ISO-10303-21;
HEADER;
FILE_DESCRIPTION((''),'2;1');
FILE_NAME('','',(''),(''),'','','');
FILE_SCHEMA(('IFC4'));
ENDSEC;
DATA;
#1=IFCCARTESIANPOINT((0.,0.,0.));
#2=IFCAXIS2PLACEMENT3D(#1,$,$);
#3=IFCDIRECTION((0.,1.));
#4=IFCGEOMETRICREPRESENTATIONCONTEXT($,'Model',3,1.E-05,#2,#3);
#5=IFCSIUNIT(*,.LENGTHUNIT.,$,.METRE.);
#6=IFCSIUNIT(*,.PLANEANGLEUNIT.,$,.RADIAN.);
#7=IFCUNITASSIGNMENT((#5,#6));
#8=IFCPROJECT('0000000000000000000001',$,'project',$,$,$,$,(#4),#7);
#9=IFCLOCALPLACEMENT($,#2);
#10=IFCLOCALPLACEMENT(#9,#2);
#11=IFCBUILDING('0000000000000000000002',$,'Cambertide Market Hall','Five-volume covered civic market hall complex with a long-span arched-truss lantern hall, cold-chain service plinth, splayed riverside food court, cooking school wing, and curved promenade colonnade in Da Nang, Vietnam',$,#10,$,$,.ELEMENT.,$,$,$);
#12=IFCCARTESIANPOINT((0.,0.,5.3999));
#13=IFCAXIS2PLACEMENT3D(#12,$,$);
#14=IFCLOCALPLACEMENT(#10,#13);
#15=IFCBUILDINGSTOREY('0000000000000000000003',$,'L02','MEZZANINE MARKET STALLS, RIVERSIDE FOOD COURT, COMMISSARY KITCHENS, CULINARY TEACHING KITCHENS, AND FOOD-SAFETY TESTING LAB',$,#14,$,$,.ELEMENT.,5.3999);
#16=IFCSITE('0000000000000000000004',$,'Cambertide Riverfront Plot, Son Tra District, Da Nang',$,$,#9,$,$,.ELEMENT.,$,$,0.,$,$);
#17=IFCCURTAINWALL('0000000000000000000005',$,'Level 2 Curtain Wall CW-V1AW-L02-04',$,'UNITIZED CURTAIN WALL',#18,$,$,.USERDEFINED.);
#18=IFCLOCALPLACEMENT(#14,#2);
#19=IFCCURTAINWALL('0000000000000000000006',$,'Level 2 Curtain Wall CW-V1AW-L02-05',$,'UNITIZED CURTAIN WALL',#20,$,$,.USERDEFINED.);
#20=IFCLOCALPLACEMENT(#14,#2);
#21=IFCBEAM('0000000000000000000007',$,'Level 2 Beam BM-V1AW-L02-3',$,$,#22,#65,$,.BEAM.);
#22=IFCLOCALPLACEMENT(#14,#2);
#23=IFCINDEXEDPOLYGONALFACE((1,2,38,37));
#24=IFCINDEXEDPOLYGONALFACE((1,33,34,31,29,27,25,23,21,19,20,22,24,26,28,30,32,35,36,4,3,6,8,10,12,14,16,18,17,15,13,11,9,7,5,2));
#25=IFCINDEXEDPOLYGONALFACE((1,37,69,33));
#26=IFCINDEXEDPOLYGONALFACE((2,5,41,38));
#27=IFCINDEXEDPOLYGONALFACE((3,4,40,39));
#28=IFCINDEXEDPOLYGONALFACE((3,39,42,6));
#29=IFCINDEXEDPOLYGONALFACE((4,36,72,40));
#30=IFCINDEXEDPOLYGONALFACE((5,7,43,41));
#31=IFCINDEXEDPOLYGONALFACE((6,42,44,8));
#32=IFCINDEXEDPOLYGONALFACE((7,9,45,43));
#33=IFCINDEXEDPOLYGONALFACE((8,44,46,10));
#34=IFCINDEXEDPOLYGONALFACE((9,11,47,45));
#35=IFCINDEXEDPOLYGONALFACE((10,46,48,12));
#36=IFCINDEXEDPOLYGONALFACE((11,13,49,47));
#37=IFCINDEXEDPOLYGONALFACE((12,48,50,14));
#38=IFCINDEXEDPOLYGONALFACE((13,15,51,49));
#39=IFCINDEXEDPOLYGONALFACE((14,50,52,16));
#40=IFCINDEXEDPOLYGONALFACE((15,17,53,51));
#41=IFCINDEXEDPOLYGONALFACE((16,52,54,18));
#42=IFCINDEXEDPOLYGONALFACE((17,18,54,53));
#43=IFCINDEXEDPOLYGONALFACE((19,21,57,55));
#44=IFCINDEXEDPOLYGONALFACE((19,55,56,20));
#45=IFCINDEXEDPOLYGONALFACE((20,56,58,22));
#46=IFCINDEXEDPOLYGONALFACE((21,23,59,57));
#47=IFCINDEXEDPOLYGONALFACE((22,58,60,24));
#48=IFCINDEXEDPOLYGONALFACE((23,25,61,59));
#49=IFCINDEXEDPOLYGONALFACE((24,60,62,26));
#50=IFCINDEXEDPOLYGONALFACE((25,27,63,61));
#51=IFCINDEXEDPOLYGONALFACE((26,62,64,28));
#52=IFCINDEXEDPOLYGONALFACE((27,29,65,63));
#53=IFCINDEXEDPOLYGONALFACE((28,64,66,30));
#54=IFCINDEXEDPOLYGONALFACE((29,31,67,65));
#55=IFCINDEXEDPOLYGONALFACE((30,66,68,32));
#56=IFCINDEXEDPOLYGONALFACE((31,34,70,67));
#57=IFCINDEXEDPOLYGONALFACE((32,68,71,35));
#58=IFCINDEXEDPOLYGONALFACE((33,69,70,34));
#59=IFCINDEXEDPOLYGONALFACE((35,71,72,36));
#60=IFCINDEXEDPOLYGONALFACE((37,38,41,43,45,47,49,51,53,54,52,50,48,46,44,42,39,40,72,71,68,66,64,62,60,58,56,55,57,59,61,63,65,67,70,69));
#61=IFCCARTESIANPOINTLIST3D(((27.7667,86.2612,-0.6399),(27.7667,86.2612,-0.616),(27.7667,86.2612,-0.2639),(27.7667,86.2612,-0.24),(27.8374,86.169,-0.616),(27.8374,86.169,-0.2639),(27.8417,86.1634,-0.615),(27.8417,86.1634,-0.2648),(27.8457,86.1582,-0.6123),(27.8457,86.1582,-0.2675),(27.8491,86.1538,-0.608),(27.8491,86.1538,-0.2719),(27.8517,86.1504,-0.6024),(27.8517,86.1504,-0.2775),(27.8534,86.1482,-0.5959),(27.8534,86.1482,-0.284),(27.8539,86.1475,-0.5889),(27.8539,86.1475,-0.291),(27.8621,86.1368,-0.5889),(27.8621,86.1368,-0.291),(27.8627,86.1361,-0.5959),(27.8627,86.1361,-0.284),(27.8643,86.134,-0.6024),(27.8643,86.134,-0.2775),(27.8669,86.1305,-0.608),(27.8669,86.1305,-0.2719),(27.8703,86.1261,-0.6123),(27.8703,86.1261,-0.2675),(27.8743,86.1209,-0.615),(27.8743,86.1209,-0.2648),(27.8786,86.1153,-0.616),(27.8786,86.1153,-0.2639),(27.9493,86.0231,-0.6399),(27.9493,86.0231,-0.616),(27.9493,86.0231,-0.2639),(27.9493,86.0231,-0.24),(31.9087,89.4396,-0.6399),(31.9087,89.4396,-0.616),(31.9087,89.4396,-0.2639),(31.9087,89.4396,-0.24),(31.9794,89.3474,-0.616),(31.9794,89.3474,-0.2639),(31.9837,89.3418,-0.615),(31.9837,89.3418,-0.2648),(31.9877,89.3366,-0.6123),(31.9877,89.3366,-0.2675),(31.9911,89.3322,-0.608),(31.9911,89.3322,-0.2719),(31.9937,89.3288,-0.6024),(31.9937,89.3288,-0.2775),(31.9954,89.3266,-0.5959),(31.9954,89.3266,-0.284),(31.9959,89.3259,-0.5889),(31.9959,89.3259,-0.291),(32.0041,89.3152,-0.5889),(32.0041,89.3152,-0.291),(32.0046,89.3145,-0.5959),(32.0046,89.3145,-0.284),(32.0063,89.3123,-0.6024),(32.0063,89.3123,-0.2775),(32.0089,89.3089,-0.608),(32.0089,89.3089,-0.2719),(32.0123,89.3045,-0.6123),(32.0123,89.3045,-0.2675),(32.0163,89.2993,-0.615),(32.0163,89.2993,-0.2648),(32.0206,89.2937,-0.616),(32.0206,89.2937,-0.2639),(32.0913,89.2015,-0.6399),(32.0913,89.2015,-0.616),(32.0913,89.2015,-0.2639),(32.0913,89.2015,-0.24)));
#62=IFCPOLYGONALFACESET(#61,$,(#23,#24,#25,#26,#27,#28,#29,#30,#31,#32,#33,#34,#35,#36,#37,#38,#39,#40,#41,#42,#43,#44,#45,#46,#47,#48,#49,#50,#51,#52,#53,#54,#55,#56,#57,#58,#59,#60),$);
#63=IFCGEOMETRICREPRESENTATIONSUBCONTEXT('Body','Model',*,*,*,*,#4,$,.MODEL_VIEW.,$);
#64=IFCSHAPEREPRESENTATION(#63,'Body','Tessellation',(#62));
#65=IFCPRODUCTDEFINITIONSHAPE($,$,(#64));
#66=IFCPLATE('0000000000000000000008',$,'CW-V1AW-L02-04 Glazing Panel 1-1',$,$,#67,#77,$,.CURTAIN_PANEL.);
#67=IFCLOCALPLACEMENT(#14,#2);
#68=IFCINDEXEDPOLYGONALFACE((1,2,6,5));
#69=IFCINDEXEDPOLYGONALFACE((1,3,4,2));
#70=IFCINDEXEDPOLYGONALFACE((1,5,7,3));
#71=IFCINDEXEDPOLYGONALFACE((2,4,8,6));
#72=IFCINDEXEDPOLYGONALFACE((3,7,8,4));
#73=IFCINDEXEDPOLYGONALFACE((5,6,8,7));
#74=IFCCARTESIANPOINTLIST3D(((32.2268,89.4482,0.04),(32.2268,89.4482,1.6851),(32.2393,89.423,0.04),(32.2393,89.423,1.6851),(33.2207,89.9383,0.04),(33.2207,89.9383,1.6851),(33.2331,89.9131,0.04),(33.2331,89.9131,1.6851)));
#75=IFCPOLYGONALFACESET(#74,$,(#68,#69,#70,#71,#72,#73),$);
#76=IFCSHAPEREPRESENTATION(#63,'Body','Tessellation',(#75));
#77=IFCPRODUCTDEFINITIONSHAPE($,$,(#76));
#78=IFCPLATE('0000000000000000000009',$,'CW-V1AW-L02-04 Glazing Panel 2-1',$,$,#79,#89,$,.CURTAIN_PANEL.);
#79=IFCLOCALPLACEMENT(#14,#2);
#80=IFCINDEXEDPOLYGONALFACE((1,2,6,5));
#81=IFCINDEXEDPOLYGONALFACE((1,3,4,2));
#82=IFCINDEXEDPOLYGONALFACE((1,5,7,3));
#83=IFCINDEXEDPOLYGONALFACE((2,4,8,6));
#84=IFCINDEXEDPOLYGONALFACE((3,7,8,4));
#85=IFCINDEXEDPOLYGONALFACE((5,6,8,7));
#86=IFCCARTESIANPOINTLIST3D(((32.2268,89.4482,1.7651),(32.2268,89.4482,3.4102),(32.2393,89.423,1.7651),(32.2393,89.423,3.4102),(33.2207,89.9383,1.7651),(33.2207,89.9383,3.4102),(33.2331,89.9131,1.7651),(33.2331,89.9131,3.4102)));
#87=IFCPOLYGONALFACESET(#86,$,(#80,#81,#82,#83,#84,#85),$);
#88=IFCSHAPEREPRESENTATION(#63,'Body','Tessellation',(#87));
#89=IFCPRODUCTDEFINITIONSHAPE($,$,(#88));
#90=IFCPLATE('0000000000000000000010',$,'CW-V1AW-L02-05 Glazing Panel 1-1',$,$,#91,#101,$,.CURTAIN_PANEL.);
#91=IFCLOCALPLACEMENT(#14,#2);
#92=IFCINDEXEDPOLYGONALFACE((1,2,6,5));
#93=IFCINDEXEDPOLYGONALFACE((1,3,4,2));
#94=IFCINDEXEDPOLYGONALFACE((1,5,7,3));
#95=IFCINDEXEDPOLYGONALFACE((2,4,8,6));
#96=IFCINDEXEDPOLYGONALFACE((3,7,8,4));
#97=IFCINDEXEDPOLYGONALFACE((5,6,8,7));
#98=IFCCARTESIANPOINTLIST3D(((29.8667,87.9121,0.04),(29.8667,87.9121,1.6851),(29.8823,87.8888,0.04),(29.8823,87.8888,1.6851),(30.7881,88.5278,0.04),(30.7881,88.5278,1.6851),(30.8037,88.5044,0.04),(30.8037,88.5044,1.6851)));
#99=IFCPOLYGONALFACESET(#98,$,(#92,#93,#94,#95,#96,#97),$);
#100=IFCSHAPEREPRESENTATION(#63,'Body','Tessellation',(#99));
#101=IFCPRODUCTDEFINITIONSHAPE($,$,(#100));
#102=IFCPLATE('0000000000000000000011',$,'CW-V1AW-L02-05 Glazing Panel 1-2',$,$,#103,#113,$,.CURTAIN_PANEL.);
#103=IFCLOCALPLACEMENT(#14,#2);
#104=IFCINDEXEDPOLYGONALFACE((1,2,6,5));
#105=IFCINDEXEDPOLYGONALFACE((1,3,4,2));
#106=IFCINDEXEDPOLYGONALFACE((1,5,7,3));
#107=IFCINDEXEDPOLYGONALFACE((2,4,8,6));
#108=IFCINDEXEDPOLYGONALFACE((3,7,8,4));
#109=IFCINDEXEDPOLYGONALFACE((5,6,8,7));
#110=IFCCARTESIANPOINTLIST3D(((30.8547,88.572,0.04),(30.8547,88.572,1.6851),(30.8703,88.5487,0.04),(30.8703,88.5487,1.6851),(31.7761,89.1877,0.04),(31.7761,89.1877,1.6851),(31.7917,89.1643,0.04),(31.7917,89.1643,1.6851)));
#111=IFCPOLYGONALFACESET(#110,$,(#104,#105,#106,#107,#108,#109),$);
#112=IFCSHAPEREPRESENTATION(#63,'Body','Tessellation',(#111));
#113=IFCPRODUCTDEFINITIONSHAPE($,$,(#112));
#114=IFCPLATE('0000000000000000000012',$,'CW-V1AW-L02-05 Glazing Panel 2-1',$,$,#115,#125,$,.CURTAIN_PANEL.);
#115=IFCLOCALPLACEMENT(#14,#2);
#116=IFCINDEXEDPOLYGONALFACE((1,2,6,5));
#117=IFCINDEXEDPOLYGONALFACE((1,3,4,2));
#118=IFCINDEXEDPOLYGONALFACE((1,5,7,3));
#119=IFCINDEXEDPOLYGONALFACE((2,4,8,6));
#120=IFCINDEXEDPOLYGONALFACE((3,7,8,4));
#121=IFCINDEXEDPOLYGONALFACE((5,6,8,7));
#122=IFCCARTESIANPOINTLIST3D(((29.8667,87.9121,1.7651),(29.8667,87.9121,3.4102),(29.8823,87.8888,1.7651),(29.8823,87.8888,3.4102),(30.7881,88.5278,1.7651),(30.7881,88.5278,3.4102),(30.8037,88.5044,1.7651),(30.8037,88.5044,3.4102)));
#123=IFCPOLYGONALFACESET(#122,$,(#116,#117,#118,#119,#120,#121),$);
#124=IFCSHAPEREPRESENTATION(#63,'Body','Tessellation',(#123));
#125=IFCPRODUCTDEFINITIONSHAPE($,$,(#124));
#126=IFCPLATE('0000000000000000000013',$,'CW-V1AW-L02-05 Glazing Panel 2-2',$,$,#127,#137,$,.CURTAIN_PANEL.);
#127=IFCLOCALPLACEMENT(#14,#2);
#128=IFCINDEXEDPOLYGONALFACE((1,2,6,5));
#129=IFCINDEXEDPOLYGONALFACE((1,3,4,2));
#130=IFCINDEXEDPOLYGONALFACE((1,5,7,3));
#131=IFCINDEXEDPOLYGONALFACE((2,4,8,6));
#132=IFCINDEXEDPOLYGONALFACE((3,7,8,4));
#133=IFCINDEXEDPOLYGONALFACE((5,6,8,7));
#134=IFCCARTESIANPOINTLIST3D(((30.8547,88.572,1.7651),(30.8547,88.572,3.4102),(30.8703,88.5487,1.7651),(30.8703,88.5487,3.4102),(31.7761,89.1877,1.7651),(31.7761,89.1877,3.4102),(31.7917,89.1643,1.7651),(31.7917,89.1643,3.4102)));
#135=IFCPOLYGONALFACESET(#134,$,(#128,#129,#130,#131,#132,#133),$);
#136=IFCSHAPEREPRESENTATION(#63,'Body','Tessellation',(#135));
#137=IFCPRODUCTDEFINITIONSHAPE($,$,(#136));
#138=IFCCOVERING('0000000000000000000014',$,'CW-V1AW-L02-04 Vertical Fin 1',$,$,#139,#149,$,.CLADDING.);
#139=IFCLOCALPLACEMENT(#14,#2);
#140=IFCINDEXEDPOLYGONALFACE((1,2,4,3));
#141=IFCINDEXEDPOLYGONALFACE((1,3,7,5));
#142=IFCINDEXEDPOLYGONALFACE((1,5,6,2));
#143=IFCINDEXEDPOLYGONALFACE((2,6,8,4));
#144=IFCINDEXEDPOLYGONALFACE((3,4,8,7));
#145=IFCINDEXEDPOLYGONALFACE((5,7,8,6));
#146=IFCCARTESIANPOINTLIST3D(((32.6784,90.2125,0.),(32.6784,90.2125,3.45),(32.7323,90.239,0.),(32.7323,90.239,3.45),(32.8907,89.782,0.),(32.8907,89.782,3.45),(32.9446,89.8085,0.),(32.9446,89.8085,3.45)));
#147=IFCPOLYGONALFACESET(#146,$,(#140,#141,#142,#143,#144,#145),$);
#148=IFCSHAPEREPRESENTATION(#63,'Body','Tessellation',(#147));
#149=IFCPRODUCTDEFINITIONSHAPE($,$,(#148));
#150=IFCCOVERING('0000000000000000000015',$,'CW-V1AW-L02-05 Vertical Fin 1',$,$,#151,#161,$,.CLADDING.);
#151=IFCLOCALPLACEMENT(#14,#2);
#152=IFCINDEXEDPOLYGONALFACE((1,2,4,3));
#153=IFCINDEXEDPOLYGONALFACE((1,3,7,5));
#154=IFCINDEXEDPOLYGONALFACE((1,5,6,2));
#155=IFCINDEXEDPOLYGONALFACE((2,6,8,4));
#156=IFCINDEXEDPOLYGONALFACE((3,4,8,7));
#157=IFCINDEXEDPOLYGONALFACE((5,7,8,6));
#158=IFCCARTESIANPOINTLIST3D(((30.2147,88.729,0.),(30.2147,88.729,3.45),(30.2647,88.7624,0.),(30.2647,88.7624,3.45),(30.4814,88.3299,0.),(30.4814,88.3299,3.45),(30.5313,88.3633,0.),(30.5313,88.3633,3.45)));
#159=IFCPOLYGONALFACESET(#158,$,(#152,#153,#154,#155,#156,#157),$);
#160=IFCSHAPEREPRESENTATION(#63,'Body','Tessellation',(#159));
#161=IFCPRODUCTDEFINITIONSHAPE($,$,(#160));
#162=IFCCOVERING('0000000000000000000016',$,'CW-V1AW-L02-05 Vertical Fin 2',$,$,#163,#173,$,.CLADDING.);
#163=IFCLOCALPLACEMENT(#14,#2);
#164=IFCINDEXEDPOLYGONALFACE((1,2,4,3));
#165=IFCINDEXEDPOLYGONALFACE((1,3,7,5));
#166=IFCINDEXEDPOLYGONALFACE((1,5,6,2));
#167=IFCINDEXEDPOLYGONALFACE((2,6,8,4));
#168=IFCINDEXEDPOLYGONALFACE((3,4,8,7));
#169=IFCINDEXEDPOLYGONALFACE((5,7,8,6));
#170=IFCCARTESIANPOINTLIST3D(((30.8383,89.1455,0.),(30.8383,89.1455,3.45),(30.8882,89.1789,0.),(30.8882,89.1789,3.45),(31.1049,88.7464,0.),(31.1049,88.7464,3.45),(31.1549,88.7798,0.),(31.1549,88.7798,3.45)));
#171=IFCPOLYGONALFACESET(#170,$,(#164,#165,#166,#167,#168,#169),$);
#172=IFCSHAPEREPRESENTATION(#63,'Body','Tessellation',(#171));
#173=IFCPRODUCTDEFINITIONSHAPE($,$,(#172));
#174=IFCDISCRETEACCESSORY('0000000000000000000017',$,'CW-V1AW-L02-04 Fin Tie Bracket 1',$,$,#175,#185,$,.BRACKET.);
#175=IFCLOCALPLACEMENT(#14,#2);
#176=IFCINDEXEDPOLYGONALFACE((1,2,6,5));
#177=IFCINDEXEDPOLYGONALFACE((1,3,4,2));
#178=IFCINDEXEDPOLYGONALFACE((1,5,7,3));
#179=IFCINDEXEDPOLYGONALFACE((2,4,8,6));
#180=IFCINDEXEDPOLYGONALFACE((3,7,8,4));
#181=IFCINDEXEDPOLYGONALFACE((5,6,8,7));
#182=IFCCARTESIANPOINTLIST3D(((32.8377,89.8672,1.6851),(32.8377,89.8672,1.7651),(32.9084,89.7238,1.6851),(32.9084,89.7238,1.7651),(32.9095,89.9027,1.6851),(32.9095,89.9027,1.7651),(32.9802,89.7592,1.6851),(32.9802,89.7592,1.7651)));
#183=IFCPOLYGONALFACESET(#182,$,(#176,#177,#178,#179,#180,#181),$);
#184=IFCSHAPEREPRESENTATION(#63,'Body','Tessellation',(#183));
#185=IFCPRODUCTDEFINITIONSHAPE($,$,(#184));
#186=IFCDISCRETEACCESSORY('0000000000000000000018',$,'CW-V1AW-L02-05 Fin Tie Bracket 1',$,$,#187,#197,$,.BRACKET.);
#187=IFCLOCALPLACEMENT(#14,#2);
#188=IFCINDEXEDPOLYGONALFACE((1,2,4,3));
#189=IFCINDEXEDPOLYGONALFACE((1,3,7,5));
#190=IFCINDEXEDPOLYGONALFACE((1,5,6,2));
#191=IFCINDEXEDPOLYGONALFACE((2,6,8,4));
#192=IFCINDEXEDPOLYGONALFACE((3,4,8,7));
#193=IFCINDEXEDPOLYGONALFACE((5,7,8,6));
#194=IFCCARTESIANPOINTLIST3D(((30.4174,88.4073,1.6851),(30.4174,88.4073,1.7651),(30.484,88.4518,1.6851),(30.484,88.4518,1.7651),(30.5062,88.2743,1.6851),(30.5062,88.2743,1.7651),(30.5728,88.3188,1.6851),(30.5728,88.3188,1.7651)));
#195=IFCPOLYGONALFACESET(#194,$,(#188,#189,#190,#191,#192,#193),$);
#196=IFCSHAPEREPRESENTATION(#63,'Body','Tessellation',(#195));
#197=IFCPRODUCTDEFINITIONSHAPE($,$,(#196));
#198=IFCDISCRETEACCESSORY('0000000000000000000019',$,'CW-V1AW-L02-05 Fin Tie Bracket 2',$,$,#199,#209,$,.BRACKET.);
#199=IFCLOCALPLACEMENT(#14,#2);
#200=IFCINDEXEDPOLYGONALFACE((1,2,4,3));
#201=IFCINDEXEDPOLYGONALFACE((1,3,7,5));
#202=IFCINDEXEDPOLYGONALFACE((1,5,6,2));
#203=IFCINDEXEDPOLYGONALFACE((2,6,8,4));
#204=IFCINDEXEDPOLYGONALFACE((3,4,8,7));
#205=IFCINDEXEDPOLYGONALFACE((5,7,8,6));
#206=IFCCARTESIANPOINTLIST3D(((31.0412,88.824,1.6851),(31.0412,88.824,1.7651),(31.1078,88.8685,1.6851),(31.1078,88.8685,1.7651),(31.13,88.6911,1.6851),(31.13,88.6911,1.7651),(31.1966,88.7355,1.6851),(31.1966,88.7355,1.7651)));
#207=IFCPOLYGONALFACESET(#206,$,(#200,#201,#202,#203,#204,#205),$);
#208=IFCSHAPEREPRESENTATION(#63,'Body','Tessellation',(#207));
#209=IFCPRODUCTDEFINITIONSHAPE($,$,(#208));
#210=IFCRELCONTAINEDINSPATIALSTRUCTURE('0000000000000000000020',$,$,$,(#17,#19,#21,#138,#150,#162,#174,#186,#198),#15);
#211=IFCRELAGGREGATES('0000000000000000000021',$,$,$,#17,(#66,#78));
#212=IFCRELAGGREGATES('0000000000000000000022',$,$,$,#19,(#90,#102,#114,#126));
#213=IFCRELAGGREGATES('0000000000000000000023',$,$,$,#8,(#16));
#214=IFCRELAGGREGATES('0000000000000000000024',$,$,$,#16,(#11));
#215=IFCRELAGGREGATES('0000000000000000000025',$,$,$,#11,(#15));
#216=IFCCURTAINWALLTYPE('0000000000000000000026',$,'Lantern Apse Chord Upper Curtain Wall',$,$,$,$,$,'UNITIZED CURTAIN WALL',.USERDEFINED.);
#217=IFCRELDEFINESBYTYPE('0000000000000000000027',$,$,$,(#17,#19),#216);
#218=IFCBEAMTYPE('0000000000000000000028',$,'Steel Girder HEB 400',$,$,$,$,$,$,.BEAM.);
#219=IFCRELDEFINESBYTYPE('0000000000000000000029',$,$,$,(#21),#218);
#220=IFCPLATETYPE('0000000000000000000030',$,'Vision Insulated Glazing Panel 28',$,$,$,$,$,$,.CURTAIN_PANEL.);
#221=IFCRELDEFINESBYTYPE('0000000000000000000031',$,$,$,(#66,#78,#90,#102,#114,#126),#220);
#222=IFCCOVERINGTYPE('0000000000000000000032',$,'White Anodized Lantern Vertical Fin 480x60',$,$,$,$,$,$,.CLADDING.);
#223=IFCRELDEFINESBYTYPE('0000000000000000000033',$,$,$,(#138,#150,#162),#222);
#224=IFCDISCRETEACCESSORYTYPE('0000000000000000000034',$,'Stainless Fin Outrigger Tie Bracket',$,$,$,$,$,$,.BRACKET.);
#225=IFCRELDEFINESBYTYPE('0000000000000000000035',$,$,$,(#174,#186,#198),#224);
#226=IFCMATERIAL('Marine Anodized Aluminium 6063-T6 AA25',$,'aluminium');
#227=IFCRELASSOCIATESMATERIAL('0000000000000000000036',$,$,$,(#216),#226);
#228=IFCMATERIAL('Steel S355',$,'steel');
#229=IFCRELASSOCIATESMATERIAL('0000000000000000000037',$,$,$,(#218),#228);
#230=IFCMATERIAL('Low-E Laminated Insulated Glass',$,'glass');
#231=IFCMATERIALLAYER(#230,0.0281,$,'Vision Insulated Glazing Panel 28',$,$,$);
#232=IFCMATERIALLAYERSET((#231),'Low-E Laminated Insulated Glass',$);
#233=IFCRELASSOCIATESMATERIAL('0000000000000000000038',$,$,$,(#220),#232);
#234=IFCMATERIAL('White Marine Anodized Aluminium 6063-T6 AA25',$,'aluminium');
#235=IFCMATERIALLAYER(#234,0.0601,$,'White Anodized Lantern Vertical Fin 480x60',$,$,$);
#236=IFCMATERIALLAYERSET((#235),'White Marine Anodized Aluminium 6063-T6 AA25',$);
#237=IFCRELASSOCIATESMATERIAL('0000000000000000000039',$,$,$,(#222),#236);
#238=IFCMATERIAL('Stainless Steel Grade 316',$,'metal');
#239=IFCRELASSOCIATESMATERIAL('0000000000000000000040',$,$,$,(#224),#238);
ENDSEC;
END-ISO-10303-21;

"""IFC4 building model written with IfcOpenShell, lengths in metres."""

from ifc_helpers import new_model, si_unit, direction, frame, origin, origin_2d, place, context, subcontext, project, spatial, rectangle, i_section, extrude, material, layer, layer_set, material_profile, profile_set, type_object, element, aggregate, save


model = new_model("IFC4")

# Units and contexts
model_context = context("Model", 3, precision=1e-05, world=origin(), true_north=direction((0.0, 1.0)))
body_context = subcontext(model_context, "Body", "Model", "MODEL_VIEW")
ifc_project = project(units=[si_unit("LENGTHUNIT", "METRE"), si_unit("PLANEANGLEUNIT", "RADIAN")], contexts=[model_context])

# Site, building, storey
site_placement = place(None, origin())
site = spatial("IfcSite", under=ifc_project, at=site_placement, Name="Cambertide Riverfront Plot, Son Tra District, Da Nang", CompositionType="ELEMENT", RefElevation=0.0)
building_placement = place(site_placement, origin())
building = spatial("IfcBuilding", under=site, at=building_placement, Name="Cambertide Market Hall", Description="Five-volume covered civic market hall complex with a long-span arched-truss lantern hall, cold-chain service plinth, splayed riverside food court, cooking school wing, and curved promenade colonnade in Da Nang, Vietnam", CompositionType="ELEMENT")
storey_placement = place(building_placement, frame((0.0, 0.0, 5.3999)))
storey = spatial("IfcBuildingStorey", under=building, at=storey_placement, Name="L02", Description="MEZZANINE MARKET STALLS, RIVERSIDE FOOD COURT, COMMISSARY KITCHENS, CULINARY TEACHING KITCHENS, AND FOOD-SAFETY TESTING LAB", CompositionType="ELEMENT", Elevation=5.3999)

# Curtain wall
ifc_material_1 = material(Name="Marine Anodized Aluminium 6063-T6 AA25", Category="aluminium")
curtain_wall_type = type_object("IfcCurtainWallType", Name="Lantern Apse Chord Upper Curtain Wall", ElementType="UNITIZED CURTAIN WALL", PredefinedType="USERDEFINED", material=ifc_material_1)
curtain_wall_1_placement = place(storey_placement, origin())
curtain_wall_1 = element("IfcCurtainWall", 1, at=curtain_wall_1_placement, inside=storey, type_object=curtain_wall_type, Name="Level 2 Curtain Wall CW-V1AW-L02-04", ObjectType="UNITIZED CURTAIN WALL", PredefinedType="USERDEFINED")

# Curtain wall
curtain_wall_2_placement = place(storey_placement, origin())
curtain_wall_2 = element("IfcCurtainWall", 2, at=curtain_wall_2_placement, inside=storey, type_object=curtain_wall_type, Name="Level 2 Curtain Wall CW-V1AW-L02-05", ObjectType="UNITIZED CURTAIN WALL", PredefinedType="USERDEFINED")

# Beam
ifc_material_2 = material(Name="Steel S355", Category="steel")
ifc_material_profile_1 = material_profile(ifc_material_2, i_section(OverallWidth=0.3, OverallDepth=0.3999, WebThickness=0.0134, FlangeThickness=0.0239, FilletRadius=0.0271, at=origin_2d()), Name="HEB 400")
ifc_profile_set_1 = profile_set([ifc_material_profile_1], Name="Steel S355")
beam_type_1 = type_object("IfcBeamType", Name="Steel Girder HEB 400", PredefinedType="BEAM", material=ifc_profile_set_1)
beam_1_placement = place(storey_placement, frame((32.0, 89.3206, -0.4399), z_axis=(-0.793341, -0.608777, 0.0), x_axis=(0.608777, -0.793341, 0.0)))
element("IfcBeam", 3, at=beam_1_placement, inside=storey, type_object=beam_type_1, Name="Level 2 Beam BM-V1AW-L02-3", PredefinedType="BEAM", context=body_context, shape_type="SweptSolid", body=[
    extrude(i_section(OverallWidth=0.3, OverallDepth=0.3999, WebThickness=0.0134, FlangeThickness=0.0239, FilletRadius=0.0271, at=origin_2d()), origin(), (0.0, 0.0, 1.0), 5.2209),
])

# Plates
ifc_material_3 = material(Name="Low-E Laminated Insulated Glass", Category="glass")
ifc_layer_1 = layer(ifc_material_3, 0.0281, Name="Vision Insulated Glazing Panel 28")
ifc_layer_set_1 = layer_set([ifc_layer_1], Name="Low-E Laminated Insulated Glass")
plate_type = type_object("IfcPlateType", Name="Vision Insulated Glazing Panel 28", PredefinedType="CURTAIN_PANEL", material=ifc_layer_set_1)
plate_1_placement = place(storey_placement, frame((32.73, 89.6807, 0.04), z_axis=(0.0, 0.0, 1.0), x_axis=(0.896873, 0.442289, 0.0)))
plate_1 = element("IfcPlate", 4, at=plate_1_placement, type_object=plate_type, Name="CW-V1AW-L02-04 Glazing Panel 1-1", PredefinedType="CURTAIN_PANEL", context=body_context, shape_type="SweptSolid", body=[
    extrude(rectangle(XDim=1.1082, YDim=0.0281, at=origin_2d()), origin(), (0.0, 0.0, 1.0), 1.645),
])
plate_2_placement = place(storey_placement, frame((32.73, 89.6807, 1.7651), z_axis=(0.0, 0.0, 1.0), x_axis=(0.896873, 0.442289, 0.0)))
plate_2 = element("IfcPlate", 5, at=plate_2_placement, type_object=plate_type, Name="CW-V1AW-L02-04 Glazing Panel 2-1", PredefinedType="CURTAIN_PANEL", context=body_context, shape_type="SweptSolid", body=[
    extrude(rectangle(XDim=1.1082, YDim=0.0281, at=origin_2d()), origin(), (0.0, 0.0, 1.0), 1.645),
])
aggregate(curtain_wall_1, [plate_1, plate_2])
plate_3_placement = place(storey_placement, frame((30.3352, 88.2083, 0.04), z_axis=(0.0, 0.0, 1.0), x_axis=(0.83147, 0.55557, 0.0)))
plate_3 = element("IfcPlate", 6, at=plate_3_placement, type_object=plate_type, Name="CW-V1AW-L02-05 Glazing Panel 1-1", PredefinedType="CURTAIN_PANEL", context=body_context, shape_type="SweptSolid", body=[
    extrude(rectangle(XDim=1.1082, YDim=0.0281, at=origin_2d()), origin(), (0.0, 0.0, 1.0), 1.645),
])
plate_4_placement = place(storey_placement, frame((31.3232, 88.8682, 0.04), z_axis=(0.0, 0.0, 1.0), x_axis=(0.83147, 0.55557, 0.0)))
plate_4 = element("IfcPlate", 7, at=plate_4_placement, type_object=plate_type, Name="CW-V1AW-L02-05 Glazing Panel 1-2", PredefinedType="CURTAIN_PANEL", context=body_context, shape_type="SweptSolid", body=[
    extrude(rectangle(XDim=1.1082, YDim=0.0281, at=origin_2d()), origin(), (0.0, 0.0, 1.0), 1.645),
])
plate_5_placement = place(storey_placement, frame((30.3352, 88.2083, 1.7651), z_axis=(0.0, 0.0, 1.0), x_axis=(0.83147, 0.55557, 0.0)))
plate_5 = element("IfcPlate", 8, at=plate_5_placement, type_object=plate_type, Name="CW-V1AW-L02-05 Glazing Panel 2-1", PredefinedType="CURTAIN_PANEL", context=body_context, shape_type="SweptSolid", body=[
    extrude(rectangle(XDim=1.1082, YDim=0.0281, at=origin_2d()), origin(), (0.0, 0.0, 1.0), 1.645),
])
plate_6_placement = place(storey_placement, frame((31.3232, 88.8682, 1.7651), z_axis=(0.0, 0.0, 1.0), x_axis=(0.83147, 0.55557, 0.0)))
plate_6 = element("IfcPlate", 9, at=plate_6_placement, type_object=plate_type, Name="CW-V1AW-L02-05 Glazing Panel 2-2", PredefinedType="CURTAIN_PANEL", context=body_context, shape_type="SweptSolid", body=[
    extrude(rectangle(XDim=1.1082, YDim=0.0281, at=origin_2d()), origin(), (0.0, 0.0, 1.0), 1.645),
])
aggregate(curtain_wall_2, [plate_3, plate_4, plate_5, plate_6])

# Coverings
ifc_material_4 = material(Name="White Marine Anodized Aluminium 6063-T6 AA25", Category="aluminium")
ifc_layer_2 = layer(ifc_material_4, 0.0601, Name="White Anodized Lantern Vertical Fin 480x60")
ifc_layer_set_2 = layer_set([ifc_layer_2], Name="White Marine Anodized Aluminium 6063-T6 AA25")
covering_type = type_object("IfcCoveringType", Name="White Anodized Lantern Vertical Fin 480x60", PredefinedType="CLADDING", material=ifc_layer_set_2)
for number, where, z_axis, x_axis, name in (
    (10, (32.8115, 90.0105, 0.0), (0.0, 0.0, 1.0), (0.896873, 0.442289, 0.0), "CW-V1AW-L02-04 Vertical Fin 1"),
    (11, (30.373, 88.5461, 0.0), (0.0, 0.0, 1.0), (0.83147, 0.55557, 0.0), "CW-V1AW-L02-05 Vertical Fin 1"),
    (12, (30.9966, 88.9626, 0.0), (0.0, 0.0, 1.0), (0.83147, 0.55557, 0.0), "CW-V1AW-L02-05 Vertical Fin 2"),
):
    element("IfcCovering", number, at=place(storey_placement, frame(where, z_axis=z_axis, x_axis=x_axis)), inside=storey, type_object=covering_type, Name=name, PredefinedType="CLADDING", context=body_context, shape_type="SweptSolid", body=[
        extrude(rectangle(XDim=0.0601, YDim=0.48, at=origin_2d()), origin(), (0.0, 0.0, 1.0), 3.45),
    ])

# Discrete accessories
ifc_material_5 = material(Name="Stainless Steel Grade 316", Category="metal")
discrete_accessory_type = type_object("IfcDiscreteAccessoryType", Name="Stainless Fin Outrigger Tie Bracket", PredefinedType="BRACKET", material=ifc_material_5)
for number, where, z_axis, x_axis, name in (
    (13, (32.9089, 89.8132, 1.6851), (0.0, 0.0, 1.0), (0.896873, 0.442289, 0.0), "CW-V1AW-L02-04 Fin Tie Bracket 1"),
    (14, (30.4951, 88.363, 1.6851), (0.0, 0.0, 1.0), (0.83147, 0.55557, 0.0), "CW-V1AW-L02-05 Fin Tie Bracket 1"),
    (15, (31.1189, 88.7798, 1.6851), (0.0, 0.0, 1.0), (0.83147, 0.55557, 0.0), "CW-V1AW-L02-05 Fin Tie Bracket 2"),
):
    element("IfcDiscreteAccessory", number, at=place(storey_placement, frame(where, z_axis=z_axis, x_axis=x_axis)), inside=storey, type_object=discrete_accessory_type, Name=name, PredefinedType="BRACKET", context=body_context, shape_type="SweptSolid", body=[
        extrude(rectangle(XDim=0.0801, YDim=0.1599, at=origin_2d()), origin(), (0.0, 0.0, 1.0), 0.0801),
    ])

save(model, "model.ifc")
